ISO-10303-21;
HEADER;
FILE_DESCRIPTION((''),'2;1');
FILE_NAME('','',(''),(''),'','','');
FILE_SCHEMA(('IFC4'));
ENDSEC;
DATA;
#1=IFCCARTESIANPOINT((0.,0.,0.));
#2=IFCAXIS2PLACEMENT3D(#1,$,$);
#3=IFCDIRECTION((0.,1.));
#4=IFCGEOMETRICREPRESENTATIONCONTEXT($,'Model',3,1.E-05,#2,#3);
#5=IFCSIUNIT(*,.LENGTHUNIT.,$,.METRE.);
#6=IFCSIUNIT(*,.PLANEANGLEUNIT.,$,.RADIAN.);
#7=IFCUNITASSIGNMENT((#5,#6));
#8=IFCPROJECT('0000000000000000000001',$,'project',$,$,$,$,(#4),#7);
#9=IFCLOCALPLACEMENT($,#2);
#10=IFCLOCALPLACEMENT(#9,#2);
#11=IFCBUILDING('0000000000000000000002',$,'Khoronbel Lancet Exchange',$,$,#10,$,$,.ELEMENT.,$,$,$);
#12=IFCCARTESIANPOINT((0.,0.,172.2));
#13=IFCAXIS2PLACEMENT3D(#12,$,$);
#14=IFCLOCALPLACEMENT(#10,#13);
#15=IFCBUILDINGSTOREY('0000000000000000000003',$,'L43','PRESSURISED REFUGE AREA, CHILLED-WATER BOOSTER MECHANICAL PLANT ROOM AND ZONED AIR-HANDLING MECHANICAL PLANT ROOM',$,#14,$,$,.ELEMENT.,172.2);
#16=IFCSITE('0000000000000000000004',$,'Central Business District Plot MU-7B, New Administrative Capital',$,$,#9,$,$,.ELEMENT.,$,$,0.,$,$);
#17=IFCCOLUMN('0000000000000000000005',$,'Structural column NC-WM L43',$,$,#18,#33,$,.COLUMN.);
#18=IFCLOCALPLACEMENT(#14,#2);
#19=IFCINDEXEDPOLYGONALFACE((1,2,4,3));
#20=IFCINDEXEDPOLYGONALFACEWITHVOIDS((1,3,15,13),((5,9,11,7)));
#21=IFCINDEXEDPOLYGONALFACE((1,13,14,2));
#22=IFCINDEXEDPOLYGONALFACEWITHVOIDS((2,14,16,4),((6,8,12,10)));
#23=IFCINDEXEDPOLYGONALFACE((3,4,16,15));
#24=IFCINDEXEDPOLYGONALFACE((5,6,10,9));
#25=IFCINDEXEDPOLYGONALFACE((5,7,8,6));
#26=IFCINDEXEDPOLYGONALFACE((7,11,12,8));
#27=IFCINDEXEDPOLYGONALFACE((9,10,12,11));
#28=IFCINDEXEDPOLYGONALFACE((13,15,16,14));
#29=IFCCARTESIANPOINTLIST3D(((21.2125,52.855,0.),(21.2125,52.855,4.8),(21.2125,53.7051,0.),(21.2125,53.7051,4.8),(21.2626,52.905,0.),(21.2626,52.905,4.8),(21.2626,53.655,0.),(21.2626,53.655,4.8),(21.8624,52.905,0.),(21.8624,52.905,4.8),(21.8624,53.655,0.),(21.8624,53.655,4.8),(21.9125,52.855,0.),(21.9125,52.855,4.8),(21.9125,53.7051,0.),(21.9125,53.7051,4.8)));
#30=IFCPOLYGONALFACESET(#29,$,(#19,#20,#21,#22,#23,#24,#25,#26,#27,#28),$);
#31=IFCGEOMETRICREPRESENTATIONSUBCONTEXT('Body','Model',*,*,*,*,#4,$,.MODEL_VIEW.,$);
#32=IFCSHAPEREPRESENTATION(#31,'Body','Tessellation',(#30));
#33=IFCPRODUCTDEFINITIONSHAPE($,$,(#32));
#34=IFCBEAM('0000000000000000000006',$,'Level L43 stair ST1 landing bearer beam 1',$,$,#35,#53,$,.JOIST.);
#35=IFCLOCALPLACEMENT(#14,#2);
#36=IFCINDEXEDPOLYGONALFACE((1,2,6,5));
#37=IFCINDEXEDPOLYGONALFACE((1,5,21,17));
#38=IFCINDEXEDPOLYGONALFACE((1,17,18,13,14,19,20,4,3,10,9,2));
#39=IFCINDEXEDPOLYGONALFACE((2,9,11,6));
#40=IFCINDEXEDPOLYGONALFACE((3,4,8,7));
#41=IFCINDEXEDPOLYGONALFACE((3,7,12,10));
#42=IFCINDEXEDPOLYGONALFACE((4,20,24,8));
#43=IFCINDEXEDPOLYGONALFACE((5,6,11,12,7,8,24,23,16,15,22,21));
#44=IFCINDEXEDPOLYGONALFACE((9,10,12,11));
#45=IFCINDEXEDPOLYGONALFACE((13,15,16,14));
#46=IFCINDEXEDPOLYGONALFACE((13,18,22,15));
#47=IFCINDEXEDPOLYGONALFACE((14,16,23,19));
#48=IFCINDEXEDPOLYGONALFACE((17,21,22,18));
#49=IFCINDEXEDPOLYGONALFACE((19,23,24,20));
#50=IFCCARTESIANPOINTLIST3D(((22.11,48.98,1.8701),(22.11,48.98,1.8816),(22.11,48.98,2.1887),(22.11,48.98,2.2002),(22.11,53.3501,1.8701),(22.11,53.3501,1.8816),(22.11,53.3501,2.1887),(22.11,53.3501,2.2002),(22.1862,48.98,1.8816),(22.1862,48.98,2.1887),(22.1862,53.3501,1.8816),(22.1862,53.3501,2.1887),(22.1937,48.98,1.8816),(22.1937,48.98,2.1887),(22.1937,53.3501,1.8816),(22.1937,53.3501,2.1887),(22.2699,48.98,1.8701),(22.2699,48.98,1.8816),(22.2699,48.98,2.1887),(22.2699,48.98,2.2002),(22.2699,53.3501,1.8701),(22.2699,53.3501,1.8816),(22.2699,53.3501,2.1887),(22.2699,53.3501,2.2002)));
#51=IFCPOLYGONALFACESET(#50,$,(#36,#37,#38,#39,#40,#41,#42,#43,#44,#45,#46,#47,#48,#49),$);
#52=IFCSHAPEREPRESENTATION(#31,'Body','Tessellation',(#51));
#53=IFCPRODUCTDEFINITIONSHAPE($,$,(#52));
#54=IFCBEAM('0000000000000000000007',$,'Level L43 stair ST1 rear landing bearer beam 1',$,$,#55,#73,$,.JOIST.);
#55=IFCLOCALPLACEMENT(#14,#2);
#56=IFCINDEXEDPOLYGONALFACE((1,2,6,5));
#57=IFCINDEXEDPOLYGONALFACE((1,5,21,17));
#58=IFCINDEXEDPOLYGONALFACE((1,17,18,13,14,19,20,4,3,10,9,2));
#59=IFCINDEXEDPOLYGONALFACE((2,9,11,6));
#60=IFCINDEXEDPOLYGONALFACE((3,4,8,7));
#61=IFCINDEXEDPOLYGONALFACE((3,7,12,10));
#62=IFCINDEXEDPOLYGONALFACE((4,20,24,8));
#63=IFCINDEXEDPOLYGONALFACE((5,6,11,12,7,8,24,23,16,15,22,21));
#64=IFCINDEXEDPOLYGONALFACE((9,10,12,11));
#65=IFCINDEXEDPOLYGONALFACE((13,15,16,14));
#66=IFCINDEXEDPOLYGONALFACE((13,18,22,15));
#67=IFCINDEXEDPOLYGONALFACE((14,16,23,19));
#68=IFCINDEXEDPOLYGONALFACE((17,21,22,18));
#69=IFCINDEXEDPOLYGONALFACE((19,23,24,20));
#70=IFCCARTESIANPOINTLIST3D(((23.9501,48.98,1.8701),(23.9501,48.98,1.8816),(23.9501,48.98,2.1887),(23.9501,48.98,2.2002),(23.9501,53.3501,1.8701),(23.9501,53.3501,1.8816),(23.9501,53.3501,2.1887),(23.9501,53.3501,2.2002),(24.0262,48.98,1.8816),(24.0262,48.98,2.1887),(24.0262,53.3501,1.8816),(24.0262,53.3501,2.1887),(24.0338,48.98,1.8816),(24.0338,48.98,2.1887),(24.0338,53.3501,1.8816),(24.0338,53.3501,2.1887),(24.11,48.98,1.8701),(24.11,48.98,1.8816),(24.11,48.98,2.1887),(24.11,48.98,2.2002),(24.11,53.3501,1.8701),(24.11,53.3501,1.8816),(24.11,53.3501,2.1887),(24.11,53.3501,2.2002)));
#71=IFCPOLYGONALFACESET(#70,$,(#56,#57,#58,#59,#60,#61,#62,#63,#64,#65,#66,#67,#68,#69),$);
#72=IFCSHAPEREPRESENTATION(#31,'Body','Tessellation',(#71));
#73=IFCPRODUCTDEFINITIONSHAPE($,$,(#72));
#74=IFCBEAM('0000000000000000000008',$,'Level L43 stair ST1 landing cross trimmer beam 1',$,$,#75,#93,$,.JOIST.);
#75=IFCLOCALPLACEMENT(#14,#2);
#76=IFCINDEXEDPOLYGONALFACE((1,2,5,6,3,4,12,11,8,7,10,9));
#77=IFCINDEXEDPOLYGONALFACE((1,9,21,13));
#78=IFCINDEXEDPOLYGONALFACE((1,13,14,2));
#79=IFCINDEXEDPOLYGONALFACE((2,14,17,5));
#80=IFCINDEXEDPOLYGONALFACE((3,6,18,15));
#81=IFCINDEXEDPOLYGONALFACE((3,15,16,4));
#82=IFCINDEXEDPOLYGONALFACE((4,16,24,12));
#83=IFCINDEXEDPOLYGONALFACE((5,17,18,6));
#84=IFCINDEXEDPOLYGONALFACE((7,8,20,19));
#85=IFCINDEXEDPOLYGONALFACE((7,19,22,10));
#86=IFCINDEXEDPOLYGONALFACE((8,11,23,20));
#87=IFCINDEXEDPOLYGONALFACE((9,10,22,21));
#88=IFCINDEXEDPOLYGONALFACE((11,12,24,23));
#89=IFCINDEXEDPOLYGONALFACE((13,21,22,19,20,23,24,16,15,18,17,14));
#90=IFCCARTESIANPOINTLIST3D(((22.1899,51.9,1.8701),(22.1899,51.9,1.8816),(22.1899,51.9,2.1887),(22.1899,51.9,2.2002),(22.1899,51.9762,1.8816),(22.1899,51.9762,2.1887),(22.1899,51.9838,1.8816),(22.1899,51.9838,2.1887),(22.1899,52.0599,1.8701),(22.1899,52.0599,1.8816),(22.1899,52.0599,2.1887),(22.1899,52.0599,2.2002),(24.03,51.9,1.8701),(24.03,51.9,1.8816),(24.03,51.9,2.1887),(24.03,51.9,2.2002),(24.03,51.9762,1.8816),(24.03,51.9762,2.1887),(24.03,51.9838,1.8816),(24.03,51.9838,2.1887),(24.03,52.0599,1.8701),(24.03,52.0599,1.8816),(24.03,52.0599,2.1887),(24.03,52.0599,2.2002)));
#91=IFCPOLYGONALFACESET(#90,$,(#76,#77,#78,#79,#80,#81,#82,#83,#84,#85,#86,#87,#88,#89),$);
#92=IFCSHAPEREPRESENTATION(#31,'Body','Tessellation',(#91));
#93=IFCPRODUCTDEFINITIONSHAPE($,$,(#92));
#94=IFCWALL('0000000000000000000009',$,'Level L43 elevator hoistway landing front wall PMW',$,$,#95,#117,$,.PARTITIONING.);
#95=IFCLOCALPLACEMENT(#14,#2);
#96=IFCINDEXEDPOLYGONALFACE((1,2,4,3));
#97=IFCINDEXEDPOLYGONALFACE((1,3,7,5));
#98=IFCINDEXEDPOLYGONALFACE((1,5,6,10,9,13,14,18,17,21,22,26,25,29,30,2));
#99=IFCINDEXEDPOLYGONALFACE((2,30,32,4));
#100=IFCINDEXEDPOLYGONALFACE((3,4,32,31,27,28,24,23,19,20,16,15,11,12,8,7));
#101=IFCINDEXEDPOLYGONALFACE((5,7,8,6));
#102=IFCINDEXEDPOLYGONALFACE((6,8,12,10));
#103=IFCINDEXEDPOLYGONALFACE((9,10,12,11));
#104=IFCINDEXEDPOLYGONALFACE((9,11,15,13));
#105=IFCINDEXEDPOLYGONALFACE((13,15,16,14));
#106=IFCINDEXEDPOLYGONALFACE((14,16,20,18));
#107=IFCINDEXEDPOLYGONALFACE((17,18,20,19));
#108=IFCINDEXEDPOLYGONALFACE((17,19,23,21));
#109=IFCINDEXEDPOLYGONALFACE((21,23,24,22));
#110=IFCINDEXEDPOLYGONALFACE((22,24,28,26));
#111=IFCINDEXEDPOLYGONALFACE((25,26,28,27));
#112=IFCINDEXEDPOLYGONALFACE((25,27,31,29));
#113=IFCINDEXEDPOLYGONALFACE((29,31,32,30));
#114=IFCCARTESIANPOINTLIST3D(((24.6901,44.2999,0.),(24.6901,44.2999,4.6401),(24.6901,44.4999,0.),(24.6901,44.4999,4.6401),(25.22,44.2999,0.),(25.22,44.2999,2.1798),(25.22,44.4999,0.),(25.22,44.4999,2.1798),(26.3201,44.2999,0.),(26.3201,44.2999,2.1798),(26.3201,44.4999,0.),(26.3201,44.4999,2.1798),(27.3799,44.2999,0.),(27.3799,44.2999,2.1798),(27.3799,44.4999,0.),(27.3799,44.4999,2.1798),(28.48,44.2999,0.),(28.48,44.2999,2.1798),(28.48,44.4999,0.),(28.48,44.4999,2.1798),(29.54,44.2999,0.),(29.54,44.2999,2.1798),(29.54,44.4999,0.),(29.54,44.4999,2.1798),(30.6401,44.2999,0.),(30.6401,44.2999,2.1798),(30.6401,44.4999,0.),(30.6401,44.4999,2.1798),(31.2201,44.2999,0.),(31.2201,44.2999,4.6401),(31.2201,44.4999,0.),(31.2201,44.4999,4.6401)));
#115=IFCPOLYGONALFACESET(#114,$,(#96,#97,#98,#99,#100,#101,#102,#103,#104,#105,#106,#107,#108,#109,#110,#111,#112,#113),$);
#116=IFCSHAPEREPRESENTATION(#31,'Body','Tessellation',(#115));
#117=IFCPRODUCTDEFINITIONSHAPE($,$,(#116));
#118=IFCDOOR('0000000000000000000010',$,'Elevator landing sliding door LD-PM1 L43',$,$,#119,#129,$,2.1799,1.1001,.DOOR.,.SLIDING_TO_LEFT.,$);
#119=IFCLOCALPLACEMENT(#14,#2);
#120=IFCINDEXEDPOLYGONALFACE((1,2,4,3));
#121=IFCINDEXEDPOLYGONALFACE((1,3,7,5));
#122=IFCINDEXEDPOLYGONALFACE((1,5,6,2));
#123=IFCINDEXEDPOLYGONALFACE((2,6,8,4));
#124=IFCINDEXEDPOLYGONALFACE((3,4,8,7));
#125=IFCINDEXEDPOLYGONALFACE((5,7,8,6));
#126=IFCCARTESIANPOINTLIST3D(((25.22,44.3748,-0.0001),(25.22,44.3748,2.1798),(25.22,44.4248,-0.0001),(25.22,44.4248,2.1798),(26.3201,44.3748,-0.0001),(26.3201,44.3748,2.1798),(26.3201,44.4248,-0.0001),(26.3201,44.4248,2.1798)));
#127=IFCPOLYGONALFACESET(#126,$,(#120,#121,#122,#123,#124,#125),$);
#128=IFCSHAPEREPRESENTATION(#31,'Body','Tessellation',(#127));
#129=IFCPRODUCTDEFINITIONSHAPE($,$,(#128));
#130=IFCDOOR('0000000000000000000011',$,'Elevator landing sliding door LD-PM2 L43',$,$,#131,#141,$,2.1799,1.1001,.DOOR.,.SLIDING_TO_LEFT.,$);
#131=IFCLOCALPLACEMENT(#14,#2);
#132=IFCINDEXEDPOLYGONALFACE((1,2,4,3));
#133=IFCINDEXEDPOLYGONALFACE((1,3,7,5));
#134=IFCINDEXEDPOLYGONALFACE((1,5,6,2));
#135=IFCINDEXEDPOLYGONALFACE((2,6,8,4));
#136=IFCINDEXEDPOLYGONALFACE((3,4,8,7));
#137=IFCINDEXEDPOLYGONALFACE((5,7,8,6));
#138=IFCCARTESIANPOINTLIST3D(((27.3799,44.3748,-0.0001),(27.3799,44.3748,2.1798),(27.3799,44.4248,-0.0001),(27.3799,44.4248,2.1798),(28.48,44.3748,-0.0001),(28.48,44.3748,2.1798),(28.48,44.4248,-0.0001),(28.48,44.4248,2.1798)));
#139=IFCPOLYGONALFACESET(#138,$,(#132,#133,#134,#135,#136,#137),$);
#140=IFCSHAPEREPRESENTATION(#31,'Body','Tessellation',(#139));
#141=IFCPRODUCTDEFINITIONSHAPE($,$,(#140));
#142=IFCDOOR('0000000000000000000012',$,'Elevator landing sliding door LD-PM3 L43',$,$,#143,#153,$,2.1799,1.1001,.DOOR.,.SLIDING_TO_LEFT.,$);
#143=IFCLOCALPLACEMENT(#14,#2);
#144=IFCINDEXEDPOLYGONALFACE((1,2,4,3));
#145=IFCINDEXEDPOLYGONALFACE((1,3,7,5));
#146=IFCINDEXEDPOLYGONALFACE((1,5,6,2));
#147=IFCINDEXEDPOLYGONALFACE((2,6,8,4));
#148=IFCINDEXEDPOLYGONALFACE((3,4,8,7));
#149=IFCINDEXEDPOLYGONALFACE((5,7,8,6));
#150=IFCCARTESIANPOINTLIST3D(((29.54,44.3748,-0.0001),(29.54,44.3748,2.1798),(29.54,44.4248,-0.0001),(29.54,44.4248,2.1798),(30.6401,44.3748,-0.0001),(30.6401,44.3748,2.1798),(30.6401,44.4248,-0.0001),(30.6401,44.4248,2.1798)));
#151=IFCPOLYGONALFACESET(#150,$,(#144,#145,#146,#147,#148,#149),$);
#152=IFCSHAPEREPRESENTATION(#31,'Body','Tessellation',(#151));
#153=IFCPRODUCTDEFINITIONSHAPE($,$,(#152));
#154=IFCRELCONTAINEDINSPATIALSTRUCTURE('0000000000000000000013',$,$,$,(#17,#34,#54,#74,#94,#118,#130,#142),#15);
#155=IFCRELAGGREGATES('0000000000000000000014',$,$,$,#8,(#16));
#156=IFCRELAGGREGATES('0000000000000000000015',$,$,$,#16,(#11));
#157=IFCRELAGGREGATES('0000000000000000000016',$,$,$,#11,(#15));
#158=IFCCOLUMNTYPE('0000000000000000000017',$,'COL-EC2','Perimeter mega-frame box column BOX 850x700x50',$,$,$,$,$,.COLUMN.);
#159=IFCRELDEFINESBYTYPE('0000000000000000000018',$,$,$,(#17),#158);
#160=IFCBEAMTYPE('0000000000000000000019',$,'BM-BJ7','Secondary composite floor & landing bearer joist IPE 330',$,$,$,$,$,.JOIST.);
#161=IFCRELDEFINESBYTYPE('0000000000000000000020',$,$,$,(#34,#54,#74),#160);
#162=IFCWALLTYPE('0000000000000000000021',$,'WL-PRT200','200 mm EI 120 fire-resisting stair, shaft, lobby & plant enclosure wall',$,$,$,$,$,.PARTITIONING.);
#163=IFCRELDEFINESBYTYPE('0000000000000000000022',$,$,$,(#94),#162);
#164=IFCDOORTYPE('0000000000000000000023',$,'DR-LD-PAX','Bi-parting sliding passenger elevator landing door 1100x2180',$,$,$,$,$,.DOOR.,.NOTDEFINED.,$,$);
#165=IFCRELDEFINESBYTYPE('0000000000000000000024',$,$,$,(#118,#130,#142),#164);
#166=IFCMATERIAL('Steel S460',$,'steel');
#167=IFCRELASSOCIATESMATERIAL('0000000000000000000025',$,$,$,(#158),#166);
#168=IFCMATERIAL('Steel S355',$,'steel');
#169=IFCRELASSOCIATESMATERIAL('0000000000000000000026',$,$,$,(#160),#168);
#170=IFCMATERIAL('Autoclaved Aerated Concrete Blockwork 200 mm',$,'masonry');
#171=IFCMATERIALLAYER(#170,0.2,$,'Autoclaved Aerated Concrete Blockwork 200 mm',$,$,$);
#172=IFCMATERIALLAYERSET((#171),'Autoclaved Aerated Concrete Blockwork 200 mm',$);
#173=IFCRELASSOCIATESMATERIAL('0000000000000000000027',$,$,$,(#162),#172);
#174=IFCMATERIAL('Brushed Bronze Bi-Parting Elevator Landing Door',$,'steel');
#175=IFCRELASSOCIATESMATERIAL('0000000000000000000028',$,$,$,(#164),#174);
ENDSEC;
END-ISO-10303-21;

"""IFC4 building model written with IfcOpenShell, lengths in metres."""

from ifc_helpers import new_model, si_unit, direction, frame, frame_2d, origin, origin_2d, place, context, subcontext, project, spatial, rectangle, hollow_rectangle, i_section, extrude, material, layer, layer_set, material_profile, profile_set, type_object, element, fill, save


model = new_model("IFC4")

# Units and contexts
model_context = context("Model", 3, precision=1e-05, world=origin(), true_north=direction((0.0, 1.0)))
body_context = subcontext(model_context, "Body", "Model", "MODEL_VIEW")
ifc_project = project(units=[si_unit("LENGTHUNIT", "METRE"), si_unit("PLANEANGLEUNIT", "RADIAN")], contexts=[model_context])

# Site, building, storey
site_placement = place(None, origin())
site = spatial("IfcSite", under=ifc_project, at=site_placement, Name="Central Business District Plot MU-7B, New Administrative Capital", CompositionType="ELEMENT", RefElevation=0.0)
building_placement = place(site_placement, origin())
building = spatial("IfcBuilding", under=site, at=building_placement, Name="Khoronbel Lancet Exchange", CompositionType="ELEMENT")
storey_placement = place(building_placement, frame((0.0, 0.0, 172.2)))
storey = spatial("IfcBuildingStorey", under=building, at=storey_placement, Name="L43", Description="PRESSURISED REFUGE AREA, CHILLED-WATER BOOSTER MECHANICAL PLANT ROOM AND ZONED AIR-HANDLING MECHANICAL PLANT ROOM", CompositionType="ELEMENT", Elevation=172.2)

# Column
ifc_material_1 = material(Name="Steel S460", Category="steel")
ifc_material_profile_1 = material_profile(ifc_material_1, hollow_rectangle(XDim=0.7, YDim=0.8501, WallThickness=0.05, at=origin_2d()), Name="BOX 850x700x50")
ifc_profile_set_1 = profile_set([ifc_material_profile_1], Name="Steel S460")
column_type = type_object("IfcColumnType", Name="COL-EC2", Description="Perimeter mega-frame box column BOX 850x700x50", PredefinedType="COLUMN", material=ifc_profile_set_1)
column_placement = place(storey_placement, frame((21.5625, 53.28, 0.0), z_axis=(0.0, 0.0, 1.0), x_axis=(1.0, 0.0, 0.0)))
element("IfcColumn", 1, at=column_placement, inside=storey, type_object=column_type, Name="Structural column NC-WM L43", PredefinedType="COLUMN", context=body_context, shape_type="SweptSolid", body=[
    extrude(hollow_rectangle(XDim=0.7, YDim=0.8501, WallThickness=0.05, at=origin_2d()), origin(), (0.0, 0.0, 1.0), 4.8),
])

# Beams
ifc_material_2 = material(Name="Steel S355", Category="steel")
ifc_material_profile_2 = material_profile(ifc_material_2, i_section(OverallWidth=0.1599, OverallDepth=0.3301, WebThickness=0.0076, FlangeThickness=0.0115, at=origin_2d()), Name="IPE 330")
ifc_profile_set_2 = profile_set([ifc_material_profile_2], Name="Steel S355")
beam_type = type_object("IfcBeamType", Name="BM-BJ7", Description="Secondary composite floor & landing bearer joist IPE 330", PredefinedType="JOIST", material=ifc_profile_set_2)
for number, where, z_axis, x_axis, name in (
    (2, (22.1899, 48.98, 2.0352), (0.0, 1.0, 0.0), (-1.0, 0.0, 0.0), "Level L43 stair ST1 landing bearer beam 1"),
    (3, (24.03, 48.98, 2.0352), (0.0, 1.0, 0.0), (-1.0, 0.0, 0.0), "Level L43 stair ST1 rear landing bearer beam 1"),
):
    element("IfcBeam", number, at=place(storey_placement, frame(where, z_axis=z_axis, x_axis=x_axis)), inside=storey, type_object=beam_type, Name=name, PredefinedType="JOIST", context=body_context, shape_type="SweptSolid", body=[
        extrude(i_section(OverallWidth=0.1599, OverallDepth=0.3301, WebThickness=0.0076, FlangeThickness=0.0115, at=origin_2d()), origin(), (0.0, 0.0, 1.0), 4.3701),
    ])
beam_placement = place(storey_placement, frame((22.1899, 51.98, 2.0352), z_axis=(1.0, 0.0, 0.0), x_axis=(0.0, 1.0, 0.0)))
element("IfcBeam", 4, at=beam_placement, inside=storey, type_object=beam_type, Name="Level L43 stair ST1 landing cross trimmer beam 1", PredefinedType="JOIST", context=body_context, shape_type="SweptSolid", body=[
    extrude(i_section(OverallWidth=0.1599, OverallDepth=0.3301, WebThickness=0.0076, FlangeThickness=0.0115, at=origin_2d()), origin(), (0.0, 0.0, 1.0), 1.8401),
])

# Wall, openings, doors
ifc_material_3 = material(Name="Autoclaved Aerated Concrete Blockwork 200 mm", Category="masonry")
ifc_layer = layer(ifc_material_3, 0.2, Name="Autoclaved Aerated Concrete Blockwork 200 mm")
ifc_layer_set = layer_set([ifc_layer], Name="Autoclaved Aerated Concrete Blockwork 200 mm")
wall_type = type_object("IfcWallType", Name="WL-PRT200", Description="200 mm EI 120 fire-resisting stair, shaft, lobby & plant enclosure wall", PredefinedType="PARTITIONING", material=ifc_layer_set)
wall_1_placement = place(storey_placement, frame((24.6899, 44.3999, 0.0), z_axis=(0.0, 0.0, 1.0), x_axis=(1.0, 0.0, 0.0)))
wall_1 = element("IfcWall", 5, at=wall_1_placement, inside=storey, type_object=wall_type, Name="Level L43 elevator hoistway landing front wall PMW", PredefinedType="PARTITIONING", context=body_context, shape_type="SweptSolid", body=[
    extrude(rectangle(XDim=6.53, YDim=0.2, at=frame_2d((3.2651, 0.0))), origin(), (0.0, 0.0, 1.0), 4.6401),
])
opening_1_placement = place(wall_1_placement, frame((0.53, 0.0, 0.0)))
opening_1 = element("IfcOpeningElement", 6, at=opening_1_placement, cuts=wall_1, PredefinedType="OPENING", context=body_context, shape_type="SweptSolid", body=[
    extrude(rectangle(XDim=1.1001, YDim=2.1799, at=frame_2d((0.55, 1.0898))), frame((0.0, 0.1099, 0.0), z_axis=(0.0, -1.0, 0.0), x_axis=(1.0, 0.0, 0.0)), (0.0, 0.0, 1.0), 0.22),
])
opening_2_placement = place(wall_1_placement, frame((2.6899, 0.0, 0.0)))
opening_2 = element("IfcOpeningElement", 7, at=opening_2_placement, cuts=wall_1, PredefinedType="OPENING", context=body_context, shape_type="SweptSolid", body=[
    extrude(rectangle(XDim=1.1001, YDim=2.1799, at=frame_2d((0.55, 1.0898))), frame((0.0, 0.1099, 0.0), z_axis=(0.0, -1.0, 0.0), x_axis=(1.0, 0.0, 0.0)), (0.0, 0.0, 1.0), 0.22),
])
opening_3_placement = place(wall_1_placement, frame((4.8501, 0.0, 0.0)))
opening_3 = element("IfcOpeningElement", 8, at=opening_3_placement, cuts=wall_1, PredefinedType="OPENING", context=body_context, shape_type="SweptSolid", body=[
    extrude(rectangle(XDim=1.1001, YDim=2.1799, at=frame_2d((0.55, 1.0898))), frame((0.0, 0.1099, 0.0), z_axis=(0.0, -1.0, 0.0), x_axis=(1.0, 0.0, 0.0)), (0.0, 0.0, 1.0), 0.22),
])
ifc_material_4 = material(Name="Brushed Bronze Bi-Parting Elevator Landing Door", Category="steel")
door_type_1 = type_object("IfcDoorType", Name="DR-LD-PAX", Description="Bi-parting sliding passenger elevator landing door 1100x2180", OperationType="NOTDEFINED", PredefinedType="DOOR", material=ifc_material_4)
door_1_placement = place(opening_1_placement, origin())
door_1 = element("IfcDoor", 9, at=door_1_placement, inside=storey, type_object=door_type_1, Name="Elevator landing sliding door LD-PM1 L43", OperationType="SLIDING_TO_LEFT", OverallHeight=2.1799, OverallWidth=1.1001, PredefinedType="DOOR", context=body_context, shape_type="SweptSolid", body=[
    extrude(rectangle(XDim=1.1001, YDim=2.1799, at=frame_2d((0.55, 1.0898))), frame((0.0, 0.0249, 0.0), z_axis=(0.0, -1.0, 0.0), x_axis=(1.0, 0.0, 0.0)), (0.0, 0.0, 1.0), 0.05),
])
fill(opening_1, door_1)
door_2_placement = place(opening_2_placement, origin())
door_2 = element("IfcDoor", 10, at=door_2_placement, inside=storey, type_object=door_type_1, Name="Elevator landing sliding door LD-PM2 L43", OperationType="SLIDING_TO_LEFT", OverallHeight=2.1799, OverallWidth=1.1001, PredefinedType="DOOR", context=body_context, shape_type="SweptSolid", body=[
    extrude(rectangle(XDim=1.1001, YDim=2.1799, at=frame_2d((0.55, 1.0898))), frame((0.0, 0.0249, 0.0), z_axis=(0.0, -1.0, 0.0), x_axis=(1.0, 0.0, 0.0)), (0.0, 0.0, 1.0), 0.05),
])
fill(opening_2, door_2)
door_3_placement = place(opening_3_placement, origin())
door_3 = element("IfcDoor", 11, at=door_3_placement, inside=storey, type_object=door_type_1, Name="Elevator landing sliding door LD-PM3 L43", OperationType="SLIDING_TO_LEFT", OverallHeight=2.1799, OverallWidth=1.1001, PredefinedType="DOOR", context=body_context, shape_type="SweptSolid", body=[
    extrude(rectangle(XDim=1.1001, YDim=2.1799, at=frame_2d((0.55, 1.0898))), frame((0.0, 0.0249, 0.0), z_axis=(0.0, -1.0, 0.0), x_axis=(1.0, 0.0, 0.0)), (0.0, 0.0, 1.0), 0.05),
])
fill(opening_3, door_3)

save(model, "model.ifc")
